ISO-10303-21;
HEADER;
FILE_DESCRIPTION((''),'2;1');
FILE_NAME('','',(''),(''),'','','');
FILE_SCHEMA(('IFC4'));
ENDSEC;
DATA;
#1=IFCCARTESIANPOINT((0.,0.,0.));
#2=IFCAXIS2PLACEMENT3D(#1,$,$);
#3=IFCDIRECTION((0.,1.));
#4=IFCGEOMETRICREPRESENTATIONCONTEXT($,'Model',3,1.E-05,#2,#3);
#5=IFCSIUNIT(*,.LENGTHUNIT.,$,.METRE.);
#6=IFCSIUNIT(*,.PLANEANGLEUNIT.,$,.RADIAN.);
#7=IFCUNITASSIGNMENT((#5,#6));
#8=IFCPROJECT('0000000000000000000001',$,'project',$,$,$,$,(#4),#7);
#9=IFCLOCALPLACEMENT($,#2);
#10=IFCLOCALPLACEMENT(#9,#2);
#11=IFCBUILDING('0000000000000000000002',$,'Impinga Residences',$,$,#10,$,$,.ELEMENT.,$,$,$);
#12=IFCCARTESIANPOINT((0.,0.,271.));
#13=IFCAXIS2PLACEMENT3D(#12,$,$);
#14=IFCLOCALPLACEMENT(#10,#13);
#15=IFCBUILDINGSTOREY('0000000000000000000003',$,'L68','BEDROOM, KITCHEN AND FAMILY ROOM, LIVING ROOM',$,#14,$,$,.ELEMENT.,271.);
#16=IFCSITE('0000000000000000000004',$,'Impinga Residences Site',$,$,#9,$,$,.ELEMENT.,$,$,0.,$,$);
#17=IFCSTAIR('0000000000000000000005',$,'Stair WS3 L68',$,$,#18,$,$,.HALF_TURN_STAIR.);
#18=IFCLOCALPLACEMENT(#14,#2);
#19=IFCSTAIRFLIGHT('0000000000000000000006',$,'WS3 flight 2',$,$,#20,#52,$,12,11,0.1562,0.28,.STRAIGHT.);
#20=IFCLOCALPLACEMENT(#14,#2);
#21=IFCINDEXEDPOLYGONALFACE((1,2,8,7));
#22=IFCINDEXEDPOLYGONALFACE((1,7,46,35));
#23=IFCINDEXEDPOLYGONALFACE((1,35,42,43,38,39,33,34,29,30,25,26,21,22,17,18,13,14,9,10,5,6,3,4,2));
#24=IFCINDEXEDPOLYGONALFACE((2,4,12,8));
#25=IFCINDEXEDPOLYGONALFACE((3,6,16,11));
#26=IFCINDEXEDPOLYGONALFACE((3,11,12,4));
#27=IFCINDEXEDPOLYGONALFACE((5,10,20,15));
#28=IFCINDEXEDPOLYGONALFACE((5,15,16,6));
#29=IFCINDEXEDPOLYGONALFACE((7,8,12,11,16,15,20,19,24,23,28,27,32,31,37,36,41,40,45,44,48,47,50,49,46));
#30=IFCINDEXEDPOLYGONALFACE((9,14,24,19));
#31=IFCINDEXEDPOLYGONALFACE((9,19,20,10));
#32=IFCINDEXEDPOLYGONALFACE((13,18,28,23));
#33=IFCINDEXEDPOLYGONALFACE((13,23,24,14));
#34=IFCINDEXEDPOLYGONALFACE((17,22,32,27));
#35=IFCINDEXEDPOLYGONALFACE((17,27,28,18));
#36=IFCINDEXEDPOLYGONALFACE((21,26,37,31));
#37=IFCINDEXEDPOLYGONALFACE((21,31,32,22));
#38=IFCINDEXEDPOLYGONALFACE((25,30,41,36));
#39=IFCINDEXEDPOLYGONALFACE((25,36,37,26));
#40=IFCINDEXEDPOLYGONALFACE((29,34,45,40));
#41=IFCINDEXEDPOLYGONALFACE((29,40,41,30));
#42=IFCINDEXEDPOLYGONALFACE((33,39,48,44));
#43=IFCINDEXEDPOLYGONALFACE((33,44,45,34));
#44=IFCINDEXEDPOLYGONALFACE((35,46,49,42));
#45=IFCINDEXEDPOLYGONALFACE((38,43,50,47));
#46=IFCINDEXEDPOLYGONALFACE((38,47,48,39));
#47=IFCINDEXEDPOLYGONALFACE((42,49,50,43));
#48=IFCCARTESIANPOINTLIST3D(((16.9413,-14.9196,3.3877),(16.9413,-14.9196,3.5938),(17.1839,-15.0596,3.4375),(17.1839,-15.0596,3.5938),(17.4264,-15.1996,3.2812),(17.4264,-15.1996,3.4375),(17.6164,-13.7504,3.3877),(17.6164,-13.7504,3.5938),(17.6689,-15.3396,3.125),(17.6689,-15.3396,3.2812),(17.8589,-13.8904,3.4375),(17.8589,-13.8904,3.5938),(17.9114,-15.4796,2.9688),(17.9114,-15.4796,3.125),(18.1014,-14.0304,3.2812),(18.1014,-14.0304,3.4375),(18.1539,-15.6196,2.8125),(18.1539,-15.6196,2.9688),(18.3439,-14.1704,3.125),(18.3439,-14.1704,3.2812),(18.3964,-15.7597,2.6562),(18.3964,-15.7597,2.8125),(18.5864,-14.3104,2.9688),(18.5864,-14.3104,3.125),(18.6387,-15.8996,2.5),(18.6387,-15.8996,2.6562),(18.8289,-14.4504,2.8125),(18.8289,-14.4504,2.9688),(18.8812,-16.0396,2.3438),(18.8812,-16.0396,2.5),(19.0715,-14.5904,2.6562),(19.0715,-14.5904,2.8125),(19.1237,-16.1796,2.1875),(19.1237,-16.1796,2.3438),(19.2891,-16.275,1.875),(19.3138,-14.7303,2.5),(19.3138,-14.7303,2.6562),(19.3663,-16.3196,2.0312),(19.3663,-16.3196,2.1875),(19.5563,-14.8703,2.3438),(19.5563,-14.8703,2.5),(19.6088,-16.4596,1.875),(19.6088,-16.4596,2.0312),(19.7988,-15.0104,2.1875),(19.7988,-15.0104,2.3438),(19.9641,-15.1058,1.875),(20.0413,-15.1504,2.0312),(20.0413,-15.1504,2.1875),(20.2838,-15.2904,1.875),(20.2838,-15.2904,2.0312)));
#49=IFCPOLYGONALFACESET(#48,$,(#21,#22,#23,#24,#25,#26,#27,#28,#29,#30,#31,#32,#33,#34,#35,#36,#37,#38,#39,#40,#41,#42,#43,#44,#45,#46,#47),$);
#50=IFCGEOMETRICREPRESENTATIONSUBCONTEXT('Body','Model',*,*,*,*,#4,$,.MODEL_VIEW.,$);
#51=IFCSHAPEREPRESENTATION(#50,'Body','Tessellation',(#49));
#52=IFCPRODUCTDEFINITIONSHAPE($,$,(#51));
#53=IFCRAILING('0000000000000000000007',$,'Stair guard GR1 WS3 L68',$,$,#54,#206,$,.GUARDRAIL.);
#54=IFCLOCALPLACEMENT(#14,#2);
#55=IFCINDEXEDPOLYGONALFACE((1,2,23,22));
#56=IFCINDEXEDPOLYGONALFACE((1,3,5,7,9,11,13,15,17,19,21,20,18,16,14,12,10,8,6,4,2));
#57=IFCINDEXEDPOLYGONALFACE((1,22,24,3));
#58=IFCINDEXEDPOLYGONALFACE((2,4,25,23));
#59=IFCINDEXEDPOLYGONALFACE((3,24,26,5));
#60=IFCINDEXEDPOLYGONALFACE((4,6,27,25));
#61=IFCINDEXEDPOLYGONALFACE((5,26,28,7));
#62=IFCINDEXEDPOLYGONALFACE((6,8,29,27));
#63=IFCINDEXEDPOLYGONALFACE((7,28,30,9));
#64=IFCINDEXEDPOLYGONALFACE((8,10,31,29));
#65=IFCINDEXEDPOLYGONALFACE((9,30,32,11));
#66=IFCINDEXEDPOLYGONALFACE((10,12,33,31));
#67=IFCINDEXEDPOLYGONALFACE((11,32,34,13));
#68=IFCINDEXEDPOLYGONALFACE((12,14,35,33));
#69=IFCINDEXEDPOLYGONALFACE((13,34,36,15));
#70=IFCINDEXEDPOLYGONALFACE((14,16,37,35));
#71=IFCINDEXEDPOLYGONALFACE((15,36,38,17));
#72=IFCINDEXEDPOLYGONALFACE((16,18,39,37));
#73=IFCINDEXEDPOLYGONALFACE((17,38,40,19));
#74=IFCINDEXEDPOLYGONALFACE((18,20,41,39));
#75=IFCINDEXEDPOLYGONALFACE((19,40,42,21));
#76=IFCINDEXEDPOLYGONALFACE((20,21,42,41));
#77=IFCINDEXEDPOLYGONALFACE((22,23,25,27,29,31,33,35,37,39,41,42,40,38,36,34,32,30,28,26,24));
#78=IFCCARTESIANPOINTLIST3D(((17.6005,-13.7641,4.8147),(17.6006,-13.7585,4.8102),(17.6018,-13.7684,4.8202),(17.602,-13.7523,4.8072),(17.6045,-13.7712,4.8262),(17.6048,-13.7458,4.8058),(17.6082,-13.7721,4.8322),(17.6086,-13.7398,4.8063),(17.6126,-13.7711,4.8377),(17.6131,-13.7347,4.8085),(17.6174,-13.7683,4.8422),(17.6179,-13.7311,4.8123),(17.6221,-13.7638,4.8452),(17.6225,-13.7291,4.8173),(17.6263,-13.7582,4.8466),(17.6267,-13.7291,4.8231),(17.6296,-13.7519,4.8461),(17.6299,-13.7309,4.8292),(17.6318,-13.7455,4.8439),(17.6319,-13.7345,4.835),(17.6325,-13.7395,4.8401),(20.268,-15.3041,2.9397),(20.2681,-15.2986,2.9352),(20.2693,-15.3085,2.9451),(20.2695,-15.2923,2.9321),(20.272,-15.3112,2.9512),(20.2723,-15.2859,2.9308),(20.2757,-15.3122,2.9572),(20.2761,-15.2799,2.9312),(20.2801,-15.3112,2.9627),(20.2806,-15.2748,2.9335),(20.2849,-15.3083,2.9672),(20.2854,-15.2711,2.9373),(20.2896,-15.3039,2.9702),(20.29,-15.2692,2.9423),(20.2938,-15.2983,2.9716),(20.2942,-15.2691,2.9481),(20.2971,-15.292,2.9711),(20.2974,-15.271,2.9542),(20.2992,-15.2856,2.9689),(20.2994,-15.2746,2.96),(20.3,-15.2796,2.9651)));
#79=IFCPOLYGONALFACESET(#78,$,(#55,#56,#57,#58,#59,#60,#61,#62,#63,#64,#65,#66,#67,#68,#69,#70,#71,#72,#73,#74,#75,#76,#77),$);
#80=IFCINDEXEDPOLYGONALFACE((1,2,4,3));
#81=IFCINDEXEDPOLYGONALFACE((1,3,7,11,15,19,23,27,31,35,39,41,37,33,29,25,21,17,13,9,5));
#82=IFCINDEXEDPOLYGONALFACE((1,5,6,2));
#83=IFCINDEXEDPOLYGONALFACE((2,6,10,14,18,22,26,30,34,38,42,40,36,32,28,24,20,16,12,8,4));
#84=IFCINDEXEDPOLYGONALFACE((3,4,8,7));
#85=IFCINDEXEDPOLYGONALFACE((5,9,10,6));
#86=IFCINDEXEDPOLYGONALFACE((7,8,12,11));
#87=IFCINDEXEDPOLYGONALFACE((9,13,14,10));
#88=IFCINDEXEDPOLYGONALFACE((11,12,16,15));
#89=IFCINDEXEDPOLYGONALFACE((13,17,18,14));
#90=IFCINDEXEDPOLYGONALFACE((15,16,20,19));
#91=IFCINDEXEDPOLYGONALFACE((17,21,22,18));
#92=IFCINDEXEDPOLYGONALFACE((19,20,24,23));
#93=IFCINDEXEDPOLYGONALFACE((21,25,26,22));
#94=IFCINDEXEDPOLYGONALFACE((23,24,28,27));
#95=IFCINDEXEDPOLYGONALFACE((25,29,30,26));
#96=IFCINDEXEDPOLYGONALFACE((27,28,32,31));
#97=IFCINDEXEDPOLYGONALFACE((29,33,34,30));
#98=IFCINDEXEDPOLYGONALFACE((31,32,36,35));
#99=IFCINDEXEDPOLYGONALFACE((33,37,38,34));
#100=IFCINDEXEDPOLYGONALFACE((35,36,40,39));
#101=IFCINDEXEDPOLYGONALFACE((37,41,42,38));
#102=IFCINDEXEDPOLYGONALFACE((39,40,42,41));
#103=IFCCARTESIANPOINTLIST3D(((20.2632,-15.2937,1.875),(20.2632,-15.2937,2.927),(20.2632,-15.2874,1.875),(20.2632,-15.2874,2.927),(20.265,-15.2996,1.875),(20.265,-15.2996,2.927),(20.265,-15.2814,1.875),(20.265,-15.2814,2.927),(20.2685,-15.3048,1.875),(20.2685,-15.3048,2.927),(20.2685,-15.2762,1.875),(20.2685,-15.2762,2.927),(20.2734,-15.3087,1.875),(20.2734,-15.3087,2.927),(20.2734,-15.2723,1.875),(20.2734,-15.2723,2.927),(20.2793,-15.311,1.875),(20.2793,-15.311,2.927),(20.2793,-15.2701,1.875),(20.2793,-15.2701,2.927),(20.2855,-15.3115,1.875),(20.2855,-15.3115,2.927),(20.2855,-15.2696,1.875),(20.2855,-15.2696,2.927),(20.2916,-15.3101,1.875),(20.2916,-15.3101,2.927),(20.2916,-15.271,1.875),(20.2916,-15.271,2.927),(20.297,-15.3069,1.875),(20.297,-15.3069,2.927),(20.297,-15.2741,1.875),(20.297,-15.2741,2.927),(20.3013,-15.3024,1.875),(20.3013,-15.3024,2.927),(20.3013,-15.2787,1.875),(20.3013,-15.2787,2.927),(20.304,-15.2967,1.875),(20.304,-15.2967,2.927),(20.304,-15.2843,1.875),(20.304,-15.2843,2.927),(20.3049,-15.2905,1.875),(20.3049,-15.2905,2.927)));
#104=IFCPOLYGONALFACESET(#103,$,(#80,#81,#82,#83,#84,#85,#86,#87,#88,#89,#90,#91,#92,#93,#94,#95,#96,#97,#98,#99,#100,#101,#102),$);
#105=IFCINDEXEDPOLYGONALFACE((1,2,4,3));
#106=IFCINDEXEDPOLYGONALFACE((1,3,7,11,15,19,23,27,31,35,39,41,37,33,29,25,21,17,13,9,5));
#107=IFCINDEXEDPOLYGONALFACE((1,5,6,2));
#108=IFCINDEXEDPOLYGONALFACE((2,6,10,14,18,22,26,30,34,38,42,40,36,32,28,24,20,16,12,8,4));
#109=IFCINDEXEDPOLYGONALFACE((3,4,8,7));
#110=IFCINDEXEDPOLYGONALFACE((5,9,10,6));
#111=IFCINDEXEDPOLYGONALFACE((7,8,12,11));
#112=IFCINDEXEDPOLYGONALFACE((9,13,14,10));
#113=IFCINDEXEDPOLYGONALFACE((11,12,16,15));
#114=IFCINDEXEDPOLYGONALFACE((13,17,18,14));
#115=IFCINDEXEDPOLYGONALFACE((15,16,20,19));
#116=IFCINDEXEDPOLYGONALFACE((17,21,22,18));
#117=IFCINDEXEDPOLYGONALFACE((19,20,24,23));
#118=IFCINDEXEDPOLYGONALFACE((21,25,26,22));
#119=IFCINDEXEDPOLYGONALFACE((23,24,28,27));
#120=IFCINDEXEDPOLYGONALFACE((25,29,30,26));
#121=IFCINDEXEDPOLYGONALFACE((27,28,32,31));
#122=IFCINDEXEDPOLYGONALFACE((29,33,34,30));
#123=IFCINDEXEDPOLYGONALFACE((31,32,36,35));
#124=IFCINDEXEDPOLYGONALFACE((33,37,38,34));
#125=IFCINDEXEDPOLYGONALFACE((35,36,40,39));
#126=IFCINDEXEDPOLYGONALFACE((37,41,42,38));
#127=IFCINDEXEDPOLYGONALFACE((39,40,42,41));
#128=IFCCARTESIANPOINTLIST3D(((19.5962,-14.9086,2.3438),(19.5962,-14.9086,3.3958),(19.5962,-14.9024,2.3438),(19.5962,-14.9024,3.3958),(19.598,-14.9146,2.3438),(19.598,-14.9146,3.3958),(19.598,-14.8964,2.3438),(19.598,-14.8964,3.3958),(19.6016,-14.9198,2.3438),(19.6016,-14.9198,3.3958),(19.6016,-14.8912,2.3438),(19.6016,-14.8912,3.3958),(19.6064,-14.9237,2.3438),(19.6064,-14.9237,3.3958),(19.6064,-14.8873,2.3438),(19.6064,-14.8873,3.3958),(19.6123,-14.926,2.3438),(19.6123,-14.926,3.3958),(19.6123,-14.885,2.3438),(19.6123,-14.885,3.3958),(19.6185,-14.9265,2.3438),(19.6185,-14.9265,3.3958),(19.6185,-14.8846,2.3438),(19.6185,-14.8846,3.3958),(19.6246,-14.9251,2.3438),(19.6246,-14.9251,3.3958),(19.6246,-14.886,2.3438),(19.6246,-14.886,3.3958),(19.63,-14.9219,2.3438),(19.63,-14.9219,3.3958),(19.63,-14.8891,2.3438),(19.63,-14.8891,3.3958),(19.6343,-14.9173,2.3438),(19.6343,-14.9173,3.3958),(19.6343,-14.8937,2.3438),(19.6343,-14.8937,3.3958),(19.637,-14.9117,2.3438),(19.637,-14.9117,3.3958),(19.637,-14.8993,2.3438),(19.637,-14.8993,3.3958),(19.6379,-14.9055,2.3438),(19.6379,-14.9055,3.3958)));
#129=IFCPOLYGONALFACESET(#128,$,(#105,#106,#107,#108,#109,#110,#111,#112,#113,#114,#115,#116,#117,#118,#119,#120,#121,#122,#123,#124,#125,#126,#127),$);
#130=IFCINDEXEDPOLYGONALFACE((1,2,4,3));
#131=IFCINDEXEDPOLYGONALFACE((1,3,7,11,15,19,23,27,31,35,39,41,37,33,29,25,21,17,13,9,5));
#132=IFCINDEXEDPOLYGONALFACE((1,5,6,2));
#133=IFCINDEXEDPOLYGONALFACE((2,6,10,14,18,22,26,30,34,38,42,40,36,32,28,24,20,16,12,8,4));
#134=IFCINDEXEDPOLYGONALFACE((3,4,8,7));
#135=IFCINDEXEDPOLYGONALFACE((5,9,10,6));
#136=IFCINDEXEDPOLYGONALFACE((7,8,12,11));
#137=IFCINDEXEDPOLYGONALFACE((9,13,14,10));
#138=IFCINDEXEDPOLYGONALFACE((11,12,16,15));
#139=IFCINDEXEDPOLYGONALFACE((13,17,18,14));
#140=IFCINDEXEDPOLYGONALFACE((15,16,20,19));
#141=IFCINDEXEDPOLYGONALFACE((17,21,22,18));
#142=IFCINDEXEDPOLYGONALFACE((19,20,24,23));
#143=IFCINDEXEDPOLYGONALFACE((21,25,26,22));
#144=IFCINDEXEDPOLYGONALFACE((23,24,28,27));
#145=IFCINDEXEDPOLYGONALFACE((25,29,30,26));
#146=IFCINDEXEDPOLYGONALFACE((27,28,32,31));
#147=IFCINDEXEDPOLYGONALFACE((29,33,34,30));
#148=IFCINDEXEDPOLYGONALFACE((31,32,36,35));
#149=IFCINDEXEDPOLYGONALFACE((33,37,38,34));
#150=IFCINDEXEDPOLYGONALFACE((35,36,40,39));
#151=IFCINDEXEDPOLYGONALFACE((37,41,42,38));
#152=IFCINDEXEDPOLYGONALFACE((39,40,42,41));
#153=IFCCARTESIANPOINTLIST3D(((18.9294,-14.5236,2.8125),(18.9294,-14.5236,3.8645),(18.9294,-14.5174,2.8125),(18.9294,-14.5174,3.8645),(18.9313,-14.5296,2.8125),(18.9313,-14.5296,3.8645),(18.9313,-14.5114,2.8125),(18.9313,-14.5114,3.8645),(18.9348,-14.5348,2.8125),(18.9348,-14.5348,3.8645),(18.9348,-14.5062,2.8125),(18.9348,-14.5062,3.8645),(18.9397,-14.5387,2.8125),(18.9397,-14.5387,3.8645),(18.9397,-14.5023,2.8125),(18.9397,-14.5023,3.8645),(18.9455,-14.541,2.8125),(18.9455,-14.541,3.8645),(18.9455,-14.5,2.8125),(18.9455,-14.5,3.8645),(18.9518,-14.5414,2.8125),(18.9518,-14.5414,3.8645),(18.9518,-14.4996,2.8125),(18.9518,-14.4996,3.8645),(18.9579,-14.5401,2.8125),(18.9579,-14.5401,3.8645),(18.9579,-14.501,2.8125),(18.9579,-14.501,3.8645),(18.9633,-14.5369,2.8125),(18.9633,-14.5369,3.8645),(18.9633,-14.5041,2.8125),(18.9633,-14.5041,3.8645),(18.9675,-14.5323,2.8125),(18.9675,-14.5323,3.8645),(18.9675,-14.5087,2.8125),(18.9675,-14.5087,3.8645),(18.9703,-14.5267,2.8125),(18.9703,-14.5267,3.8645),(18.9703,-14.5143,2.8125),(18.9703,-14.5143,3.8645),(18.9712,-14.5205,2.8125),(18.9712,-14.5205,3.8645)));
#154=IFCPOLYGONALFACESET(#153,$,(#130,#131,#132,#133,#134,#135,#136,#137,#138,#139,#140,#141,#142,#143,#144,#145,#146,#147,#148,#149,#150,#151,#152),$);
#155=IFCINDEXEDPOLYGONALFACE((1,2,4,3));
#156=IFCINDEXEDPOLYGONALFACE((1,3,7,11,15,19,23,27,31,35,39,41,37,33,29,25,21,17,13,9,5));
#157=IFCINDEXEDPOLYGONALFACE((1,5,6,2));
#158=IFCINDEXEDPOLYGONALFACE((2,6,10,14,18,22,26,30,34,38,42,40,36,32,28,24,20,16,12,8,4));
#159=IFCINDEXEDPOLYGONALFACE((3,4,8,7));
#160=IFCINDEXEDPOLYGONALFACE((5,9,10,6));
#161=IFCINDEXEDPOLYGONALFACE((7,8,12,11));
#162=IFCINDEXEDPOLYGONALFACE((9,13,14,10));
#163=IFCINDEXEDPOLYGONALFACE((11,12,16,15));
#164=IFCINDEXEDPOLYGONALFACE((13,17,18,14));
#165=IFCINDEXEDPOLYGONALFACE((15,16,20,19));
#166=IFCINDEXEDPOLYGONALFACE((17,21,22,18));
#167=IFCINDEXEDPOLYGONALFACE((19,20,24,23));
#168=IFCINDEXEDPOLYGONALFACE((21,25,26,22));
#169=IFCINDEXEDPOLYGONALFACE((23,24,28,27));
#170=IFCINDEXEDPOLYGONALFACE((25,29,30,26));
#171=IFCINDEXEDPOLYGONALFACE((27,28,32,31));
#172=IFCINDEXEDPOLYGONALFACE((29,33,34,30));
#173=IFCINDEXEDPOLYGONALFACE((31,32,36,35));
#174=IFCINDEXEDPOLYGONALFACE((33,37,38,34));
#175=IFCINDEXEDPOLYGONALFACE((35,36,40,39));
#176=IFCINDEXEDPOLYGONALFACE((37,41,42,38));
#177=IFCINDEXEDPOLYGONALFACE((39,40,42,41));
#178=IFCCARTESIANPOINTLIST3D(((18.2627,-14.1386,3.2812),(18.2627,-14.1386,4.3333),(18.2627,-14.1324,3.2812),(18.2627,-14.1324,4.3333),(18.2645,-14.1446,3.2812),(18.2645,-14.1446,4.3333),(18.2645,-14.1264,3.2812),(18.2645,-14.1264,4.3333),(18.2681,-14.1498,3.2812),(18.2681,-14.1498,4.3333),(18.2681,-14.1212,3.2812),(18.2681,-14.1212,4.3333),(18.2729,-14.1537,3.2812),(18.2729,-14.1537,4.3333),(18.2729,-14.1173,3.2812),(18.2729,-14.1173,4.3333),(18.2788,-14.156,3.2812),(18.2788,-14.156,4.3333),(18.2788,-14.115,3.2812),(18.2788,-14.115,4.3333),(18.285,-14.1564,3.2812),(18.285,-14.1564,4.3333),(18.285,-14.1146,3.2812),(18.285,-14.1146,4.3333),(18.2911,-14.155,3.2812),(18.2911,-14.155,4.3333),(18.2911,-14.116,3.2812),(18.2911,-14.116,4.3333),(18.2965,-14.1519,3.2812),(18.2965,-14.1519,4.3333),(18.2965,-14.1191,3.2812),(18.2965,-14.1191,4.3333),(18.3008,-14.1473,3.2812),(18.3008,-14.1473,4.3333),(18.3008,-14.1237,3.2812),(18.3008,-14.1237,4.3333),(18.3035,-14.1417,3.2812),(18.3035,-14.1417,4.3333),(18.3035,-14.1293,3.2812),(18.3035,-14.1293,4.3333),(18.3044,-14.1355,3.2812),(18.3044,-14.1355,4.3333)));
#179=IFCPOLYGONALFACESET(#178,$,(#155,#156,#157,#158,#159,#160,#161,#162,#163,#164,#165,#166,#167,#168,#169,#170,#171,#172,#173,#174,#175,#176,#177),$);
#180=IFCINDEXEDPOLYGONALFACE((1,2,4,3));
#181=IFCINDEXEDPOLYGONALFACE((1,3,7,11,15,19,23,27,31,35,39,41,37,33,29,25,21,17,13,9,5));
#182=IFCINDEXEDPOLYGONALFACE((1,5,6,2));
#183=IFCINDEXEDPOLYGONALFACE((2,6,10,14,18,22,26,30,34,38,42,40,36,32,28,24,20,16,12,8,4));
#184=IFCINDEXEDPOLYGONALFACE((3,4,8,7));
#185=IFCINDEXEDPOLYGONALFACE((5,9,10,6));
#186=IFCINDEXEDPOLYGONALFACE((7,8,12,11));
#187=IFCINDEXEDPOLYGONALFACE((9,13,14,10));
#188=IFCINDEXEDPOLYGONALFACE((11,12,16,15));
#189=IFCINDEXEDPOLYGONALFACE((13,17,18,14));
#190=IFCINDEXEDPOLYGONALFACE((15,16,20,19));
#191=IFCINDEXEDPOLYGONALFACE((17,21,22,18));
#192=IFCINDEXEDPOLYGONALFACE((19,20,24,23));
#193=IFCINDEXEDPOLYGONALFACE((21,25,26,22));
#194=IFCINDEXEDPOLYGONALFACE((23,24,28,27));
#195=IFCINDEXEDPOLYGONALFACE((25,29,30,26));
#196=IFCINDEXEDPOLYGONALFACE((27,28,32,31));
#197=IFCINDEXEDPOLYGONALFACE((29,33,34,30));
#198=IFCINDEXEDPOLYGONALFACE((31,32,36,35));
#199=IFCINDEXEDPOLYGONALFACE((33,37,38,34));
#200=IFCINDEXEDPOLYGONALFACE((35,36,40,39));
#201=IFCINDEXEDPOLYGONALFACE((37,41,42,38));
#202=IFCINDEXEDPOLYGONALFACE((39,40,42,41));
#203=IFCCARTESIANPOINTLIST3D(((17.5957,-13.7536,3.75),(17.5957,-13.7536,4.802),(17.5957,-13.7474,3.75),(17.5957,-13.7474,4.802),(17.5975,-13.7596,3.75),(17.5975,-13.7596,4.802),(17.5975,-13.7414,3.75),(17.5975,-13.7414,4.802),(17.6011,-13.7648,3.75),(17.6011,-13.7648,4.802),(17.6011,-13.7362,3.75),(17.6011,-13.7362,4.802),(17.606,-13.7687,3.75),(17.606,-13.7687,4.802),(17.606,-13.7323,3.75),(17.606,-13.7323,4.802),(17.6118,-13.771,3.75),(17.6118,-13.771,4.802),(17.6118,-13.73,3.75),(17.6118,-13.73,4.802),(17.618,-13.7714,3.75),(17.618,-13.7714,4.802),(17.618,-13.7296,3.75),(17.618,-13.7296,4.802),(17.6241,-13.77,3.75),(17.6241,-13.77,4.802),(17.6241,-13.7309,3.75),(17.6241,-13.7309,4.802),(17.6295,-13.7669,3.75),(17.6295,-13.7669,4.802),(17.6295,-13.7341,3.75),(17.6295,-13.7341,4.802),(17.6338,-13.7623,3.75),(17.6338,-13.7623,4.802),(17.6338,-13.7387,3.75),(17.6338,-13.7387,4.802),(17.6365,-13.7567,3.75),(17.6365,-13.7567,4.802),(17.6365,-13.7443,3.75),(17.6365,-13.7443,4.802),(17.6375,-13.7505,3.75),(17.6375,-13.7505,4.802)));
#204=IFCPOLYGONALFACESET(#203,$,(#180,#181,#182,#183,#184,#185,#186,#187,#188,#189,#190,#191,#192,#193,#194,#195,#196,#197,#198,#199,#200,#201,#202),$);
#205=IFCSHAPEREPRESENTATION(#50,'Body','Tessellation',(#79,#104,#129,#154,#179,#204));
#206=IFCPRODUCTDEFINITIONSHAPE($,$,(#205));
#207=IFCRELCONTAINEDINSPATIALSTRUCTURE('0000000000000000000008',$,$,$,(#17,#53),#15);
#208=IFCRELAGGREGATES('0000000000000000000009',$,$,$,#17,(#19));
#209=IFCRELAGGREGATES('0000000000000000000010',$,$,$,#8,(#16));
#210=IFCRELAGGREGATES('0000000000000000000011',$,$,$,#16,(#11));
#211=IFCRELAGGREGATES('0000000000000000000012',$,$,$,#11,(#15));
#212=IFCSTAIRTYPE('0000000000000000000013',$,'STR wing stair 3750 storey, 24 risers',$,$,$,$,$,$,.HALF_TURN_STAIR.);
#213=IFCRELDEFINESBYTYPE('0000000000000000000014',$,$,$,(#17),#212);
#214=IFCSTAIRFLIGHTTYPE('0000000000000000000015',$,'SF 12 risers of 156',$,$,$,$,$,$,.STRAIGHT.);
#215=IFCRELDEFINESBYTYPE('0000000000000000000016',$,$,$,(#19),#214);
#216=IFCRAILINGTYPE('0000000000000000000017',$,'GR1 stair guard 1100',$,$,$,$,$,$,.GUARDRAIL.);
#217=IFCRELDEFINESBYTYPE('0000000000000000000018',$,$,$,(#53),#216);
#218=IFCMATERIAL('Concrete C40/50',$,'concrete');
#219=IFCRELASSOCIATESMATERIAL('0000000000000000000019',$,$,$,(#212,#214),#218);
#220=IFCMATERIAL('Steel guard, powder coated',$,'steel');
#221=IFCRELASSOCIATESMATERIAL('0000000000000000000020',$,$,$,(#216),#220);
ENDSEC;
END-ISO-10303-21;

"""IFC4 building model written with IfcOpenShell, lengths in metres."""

from ifc_helpers import new_model, si_unit, direction, frame, origin, origin_2d, place, context, subcontext, project, spatial, polyline, circle, outline, extrude, material, type_object, element, aggregate, save


model = new_model("IFC4")

# Units and contexts
model_context = context("Model", 3, precision=1e-05, world=origin(), true_north=direction((0.0, 1.0)))
body_context = subcontext(model_context, "Body", "Model", "MODEL_VIEW")
ifc_project = project(units=[si_unit("LENGTHUNIT", "METRE"), si_unit("PLANEANGLEUNIT", "RADIAN")], contexts=[model_context])

# Site, building, storey
site_placement = place(None, origin())
site = spatial("IfcSite", under=ifc_project, at=site_placement, Name="Impinga Residences Site", CompositionType="ELEMENT", RefElevation=0.0)
building_placement = place(site_placement, origin())
building = spatial("IfcBuilding", under=site, at=building_placement, Name="Impinga Residences", CompositionType="ELEMENT")
storey_placement = place(building_placement, frame((0.0, 0.0, 271.0)))
storey = spatial("IfcBuildingStorey", under=building, at=storey_placement, Name="L68", Description="BEDROOM, KITCHEN AND FAMILY ROOM, LIVING ROOM", CompositionType="ELEMENT", Elevation=271.0)

# Stair, stair flight
ifc_material_1 = material(Name="Concrete C40/50", Category="concrete")
stair_type = type_object("IfcStairType", Name="STR wing stair 3750 storey, 24 risers", PredefinedType="HALF_TURN_STAIR", material=ifc_material_1)
stair_placement = place(storey_placement, origin())
stair = element("IfcStair", 1, at=stair_placement, inside=storey, type_object=stair_type, Name="Stair WS3 L68", PredefinedType="HALF_TURN_STAIR")
stair_flight_type = type_object("IfcStairFlightType", Name="SF 12 risers of 156", PredefinedType="STRAIGHT", material=ifc_material_1)
stair_flight_1_placement = place(storey_placement, frame((19.9463, -15.875, 1.875), z_axis=(0.0, 0.0, 1.0), x_axis=(-0.866025, 0.5, 0.0)))
stair_flight_1 = element("IfcStairFlight", 2, at=stair_flight_1_placement, type_object=stair_flight_type, Name="WS3 flight 2", NumberOfRisers=12, NumberOfTreads=11, PredefinedType="STRAIGHT", RiserHeight=0.1562, TreadLength=0.28, context=body_context, shape_type="SweptSolid", body=[
    extrude(outline(polyline([(0.0, 0.0), (0.0, 0.1562), (0.28, 0.1562), (0.28, 0.3125), (0.5601, 0.3125), (0.5601, 0.4688), (0.8401, 0.4688), (0.8401, 0.625), (1.1201, 0.625), (1.1201, 0.7812), (1.3999, 0.7812), (1.3999, 0.9375), (1.6799, 0.9375), (1.6799, 1.0938), (1.96, 1.0938), (1.96, 1.25), (2.24, 1.25), (2.24, 1.4062), (2.52, 1.4062), (2.52, 1.5625), (2.8, 1.5625), (2.8, 1.7188), (3.0801, 1.7188), (3.0801, 1.875), (3.0801, 1.5127), (0.3691, 0.0), (0.0, 0.0)])), frame((0.0, 0.675, 0.0), z_axis=(0.0, -1.0, 0.0), x_axis=(1.0, 0.0, 0.0)), (0.0, 0.0, 1.0), 1.3501),
])
aggregate(stair, [stair_flight_1])

# Railing
ifc_material_2 = material(Name="Steel guard, powder coated", Category="steel")
railing_type_1 = type_object("IfcRailingType", Name="GR1 stair guard 1100", PredefinedType="GUARDRAIL", material=ifc_material_2)
railing_1_placement = place(storey_placement, frame((20.2839, -15.2905, 1.875)))
element("IfcRailing", 3, at=railing_1_placement, inside=storey, type_object=railing_type_1, Name="Stair guard GR1 WS3 L68", PredefinedType="GUARDRAIL", context=body_context, shape_type="SweptSolid", body=[
    extrude(circle(Radius=0.0239, at=origin_2d()), frame((0.0, 0.0, 1.0762), z_axis=(-0.739746, 0.427084, 0.519975), x_axis=(-0.499992, -0.86603, 0.0)), (0.0, 0.0, 1.0), 3.606),
    extrude(circle(Radius=0.021, at=origin_2d()), origin(), (0.0, 0.0, 1.0), 1.052),
    extrude(circle(Radius=0.021, at=origin_2d()), frame((-0.667, 0.385, 0.4688)), (0.0, 0.0, 1.0), 1.052),
    extrude(circle(Radius=0.021, at=origin_2d()), frame((-1.3337, 0.77, 0.9375)), (0.0, 0.0, 1.0), 1.052),
    extrude(circle(Radius=0.021, at=origin_2d()), frame((-2.0005, 1.155, 1.4062)), (0.0, 0.0, 1.0), 1.052),
    extrude(circle(Radius=0.021, at=origin_2d()), frame((-2.6675, 1.54, 1.875)), (0.0, 0.0, 1.0), 1.052),
])

save(model, "model.ifc")
